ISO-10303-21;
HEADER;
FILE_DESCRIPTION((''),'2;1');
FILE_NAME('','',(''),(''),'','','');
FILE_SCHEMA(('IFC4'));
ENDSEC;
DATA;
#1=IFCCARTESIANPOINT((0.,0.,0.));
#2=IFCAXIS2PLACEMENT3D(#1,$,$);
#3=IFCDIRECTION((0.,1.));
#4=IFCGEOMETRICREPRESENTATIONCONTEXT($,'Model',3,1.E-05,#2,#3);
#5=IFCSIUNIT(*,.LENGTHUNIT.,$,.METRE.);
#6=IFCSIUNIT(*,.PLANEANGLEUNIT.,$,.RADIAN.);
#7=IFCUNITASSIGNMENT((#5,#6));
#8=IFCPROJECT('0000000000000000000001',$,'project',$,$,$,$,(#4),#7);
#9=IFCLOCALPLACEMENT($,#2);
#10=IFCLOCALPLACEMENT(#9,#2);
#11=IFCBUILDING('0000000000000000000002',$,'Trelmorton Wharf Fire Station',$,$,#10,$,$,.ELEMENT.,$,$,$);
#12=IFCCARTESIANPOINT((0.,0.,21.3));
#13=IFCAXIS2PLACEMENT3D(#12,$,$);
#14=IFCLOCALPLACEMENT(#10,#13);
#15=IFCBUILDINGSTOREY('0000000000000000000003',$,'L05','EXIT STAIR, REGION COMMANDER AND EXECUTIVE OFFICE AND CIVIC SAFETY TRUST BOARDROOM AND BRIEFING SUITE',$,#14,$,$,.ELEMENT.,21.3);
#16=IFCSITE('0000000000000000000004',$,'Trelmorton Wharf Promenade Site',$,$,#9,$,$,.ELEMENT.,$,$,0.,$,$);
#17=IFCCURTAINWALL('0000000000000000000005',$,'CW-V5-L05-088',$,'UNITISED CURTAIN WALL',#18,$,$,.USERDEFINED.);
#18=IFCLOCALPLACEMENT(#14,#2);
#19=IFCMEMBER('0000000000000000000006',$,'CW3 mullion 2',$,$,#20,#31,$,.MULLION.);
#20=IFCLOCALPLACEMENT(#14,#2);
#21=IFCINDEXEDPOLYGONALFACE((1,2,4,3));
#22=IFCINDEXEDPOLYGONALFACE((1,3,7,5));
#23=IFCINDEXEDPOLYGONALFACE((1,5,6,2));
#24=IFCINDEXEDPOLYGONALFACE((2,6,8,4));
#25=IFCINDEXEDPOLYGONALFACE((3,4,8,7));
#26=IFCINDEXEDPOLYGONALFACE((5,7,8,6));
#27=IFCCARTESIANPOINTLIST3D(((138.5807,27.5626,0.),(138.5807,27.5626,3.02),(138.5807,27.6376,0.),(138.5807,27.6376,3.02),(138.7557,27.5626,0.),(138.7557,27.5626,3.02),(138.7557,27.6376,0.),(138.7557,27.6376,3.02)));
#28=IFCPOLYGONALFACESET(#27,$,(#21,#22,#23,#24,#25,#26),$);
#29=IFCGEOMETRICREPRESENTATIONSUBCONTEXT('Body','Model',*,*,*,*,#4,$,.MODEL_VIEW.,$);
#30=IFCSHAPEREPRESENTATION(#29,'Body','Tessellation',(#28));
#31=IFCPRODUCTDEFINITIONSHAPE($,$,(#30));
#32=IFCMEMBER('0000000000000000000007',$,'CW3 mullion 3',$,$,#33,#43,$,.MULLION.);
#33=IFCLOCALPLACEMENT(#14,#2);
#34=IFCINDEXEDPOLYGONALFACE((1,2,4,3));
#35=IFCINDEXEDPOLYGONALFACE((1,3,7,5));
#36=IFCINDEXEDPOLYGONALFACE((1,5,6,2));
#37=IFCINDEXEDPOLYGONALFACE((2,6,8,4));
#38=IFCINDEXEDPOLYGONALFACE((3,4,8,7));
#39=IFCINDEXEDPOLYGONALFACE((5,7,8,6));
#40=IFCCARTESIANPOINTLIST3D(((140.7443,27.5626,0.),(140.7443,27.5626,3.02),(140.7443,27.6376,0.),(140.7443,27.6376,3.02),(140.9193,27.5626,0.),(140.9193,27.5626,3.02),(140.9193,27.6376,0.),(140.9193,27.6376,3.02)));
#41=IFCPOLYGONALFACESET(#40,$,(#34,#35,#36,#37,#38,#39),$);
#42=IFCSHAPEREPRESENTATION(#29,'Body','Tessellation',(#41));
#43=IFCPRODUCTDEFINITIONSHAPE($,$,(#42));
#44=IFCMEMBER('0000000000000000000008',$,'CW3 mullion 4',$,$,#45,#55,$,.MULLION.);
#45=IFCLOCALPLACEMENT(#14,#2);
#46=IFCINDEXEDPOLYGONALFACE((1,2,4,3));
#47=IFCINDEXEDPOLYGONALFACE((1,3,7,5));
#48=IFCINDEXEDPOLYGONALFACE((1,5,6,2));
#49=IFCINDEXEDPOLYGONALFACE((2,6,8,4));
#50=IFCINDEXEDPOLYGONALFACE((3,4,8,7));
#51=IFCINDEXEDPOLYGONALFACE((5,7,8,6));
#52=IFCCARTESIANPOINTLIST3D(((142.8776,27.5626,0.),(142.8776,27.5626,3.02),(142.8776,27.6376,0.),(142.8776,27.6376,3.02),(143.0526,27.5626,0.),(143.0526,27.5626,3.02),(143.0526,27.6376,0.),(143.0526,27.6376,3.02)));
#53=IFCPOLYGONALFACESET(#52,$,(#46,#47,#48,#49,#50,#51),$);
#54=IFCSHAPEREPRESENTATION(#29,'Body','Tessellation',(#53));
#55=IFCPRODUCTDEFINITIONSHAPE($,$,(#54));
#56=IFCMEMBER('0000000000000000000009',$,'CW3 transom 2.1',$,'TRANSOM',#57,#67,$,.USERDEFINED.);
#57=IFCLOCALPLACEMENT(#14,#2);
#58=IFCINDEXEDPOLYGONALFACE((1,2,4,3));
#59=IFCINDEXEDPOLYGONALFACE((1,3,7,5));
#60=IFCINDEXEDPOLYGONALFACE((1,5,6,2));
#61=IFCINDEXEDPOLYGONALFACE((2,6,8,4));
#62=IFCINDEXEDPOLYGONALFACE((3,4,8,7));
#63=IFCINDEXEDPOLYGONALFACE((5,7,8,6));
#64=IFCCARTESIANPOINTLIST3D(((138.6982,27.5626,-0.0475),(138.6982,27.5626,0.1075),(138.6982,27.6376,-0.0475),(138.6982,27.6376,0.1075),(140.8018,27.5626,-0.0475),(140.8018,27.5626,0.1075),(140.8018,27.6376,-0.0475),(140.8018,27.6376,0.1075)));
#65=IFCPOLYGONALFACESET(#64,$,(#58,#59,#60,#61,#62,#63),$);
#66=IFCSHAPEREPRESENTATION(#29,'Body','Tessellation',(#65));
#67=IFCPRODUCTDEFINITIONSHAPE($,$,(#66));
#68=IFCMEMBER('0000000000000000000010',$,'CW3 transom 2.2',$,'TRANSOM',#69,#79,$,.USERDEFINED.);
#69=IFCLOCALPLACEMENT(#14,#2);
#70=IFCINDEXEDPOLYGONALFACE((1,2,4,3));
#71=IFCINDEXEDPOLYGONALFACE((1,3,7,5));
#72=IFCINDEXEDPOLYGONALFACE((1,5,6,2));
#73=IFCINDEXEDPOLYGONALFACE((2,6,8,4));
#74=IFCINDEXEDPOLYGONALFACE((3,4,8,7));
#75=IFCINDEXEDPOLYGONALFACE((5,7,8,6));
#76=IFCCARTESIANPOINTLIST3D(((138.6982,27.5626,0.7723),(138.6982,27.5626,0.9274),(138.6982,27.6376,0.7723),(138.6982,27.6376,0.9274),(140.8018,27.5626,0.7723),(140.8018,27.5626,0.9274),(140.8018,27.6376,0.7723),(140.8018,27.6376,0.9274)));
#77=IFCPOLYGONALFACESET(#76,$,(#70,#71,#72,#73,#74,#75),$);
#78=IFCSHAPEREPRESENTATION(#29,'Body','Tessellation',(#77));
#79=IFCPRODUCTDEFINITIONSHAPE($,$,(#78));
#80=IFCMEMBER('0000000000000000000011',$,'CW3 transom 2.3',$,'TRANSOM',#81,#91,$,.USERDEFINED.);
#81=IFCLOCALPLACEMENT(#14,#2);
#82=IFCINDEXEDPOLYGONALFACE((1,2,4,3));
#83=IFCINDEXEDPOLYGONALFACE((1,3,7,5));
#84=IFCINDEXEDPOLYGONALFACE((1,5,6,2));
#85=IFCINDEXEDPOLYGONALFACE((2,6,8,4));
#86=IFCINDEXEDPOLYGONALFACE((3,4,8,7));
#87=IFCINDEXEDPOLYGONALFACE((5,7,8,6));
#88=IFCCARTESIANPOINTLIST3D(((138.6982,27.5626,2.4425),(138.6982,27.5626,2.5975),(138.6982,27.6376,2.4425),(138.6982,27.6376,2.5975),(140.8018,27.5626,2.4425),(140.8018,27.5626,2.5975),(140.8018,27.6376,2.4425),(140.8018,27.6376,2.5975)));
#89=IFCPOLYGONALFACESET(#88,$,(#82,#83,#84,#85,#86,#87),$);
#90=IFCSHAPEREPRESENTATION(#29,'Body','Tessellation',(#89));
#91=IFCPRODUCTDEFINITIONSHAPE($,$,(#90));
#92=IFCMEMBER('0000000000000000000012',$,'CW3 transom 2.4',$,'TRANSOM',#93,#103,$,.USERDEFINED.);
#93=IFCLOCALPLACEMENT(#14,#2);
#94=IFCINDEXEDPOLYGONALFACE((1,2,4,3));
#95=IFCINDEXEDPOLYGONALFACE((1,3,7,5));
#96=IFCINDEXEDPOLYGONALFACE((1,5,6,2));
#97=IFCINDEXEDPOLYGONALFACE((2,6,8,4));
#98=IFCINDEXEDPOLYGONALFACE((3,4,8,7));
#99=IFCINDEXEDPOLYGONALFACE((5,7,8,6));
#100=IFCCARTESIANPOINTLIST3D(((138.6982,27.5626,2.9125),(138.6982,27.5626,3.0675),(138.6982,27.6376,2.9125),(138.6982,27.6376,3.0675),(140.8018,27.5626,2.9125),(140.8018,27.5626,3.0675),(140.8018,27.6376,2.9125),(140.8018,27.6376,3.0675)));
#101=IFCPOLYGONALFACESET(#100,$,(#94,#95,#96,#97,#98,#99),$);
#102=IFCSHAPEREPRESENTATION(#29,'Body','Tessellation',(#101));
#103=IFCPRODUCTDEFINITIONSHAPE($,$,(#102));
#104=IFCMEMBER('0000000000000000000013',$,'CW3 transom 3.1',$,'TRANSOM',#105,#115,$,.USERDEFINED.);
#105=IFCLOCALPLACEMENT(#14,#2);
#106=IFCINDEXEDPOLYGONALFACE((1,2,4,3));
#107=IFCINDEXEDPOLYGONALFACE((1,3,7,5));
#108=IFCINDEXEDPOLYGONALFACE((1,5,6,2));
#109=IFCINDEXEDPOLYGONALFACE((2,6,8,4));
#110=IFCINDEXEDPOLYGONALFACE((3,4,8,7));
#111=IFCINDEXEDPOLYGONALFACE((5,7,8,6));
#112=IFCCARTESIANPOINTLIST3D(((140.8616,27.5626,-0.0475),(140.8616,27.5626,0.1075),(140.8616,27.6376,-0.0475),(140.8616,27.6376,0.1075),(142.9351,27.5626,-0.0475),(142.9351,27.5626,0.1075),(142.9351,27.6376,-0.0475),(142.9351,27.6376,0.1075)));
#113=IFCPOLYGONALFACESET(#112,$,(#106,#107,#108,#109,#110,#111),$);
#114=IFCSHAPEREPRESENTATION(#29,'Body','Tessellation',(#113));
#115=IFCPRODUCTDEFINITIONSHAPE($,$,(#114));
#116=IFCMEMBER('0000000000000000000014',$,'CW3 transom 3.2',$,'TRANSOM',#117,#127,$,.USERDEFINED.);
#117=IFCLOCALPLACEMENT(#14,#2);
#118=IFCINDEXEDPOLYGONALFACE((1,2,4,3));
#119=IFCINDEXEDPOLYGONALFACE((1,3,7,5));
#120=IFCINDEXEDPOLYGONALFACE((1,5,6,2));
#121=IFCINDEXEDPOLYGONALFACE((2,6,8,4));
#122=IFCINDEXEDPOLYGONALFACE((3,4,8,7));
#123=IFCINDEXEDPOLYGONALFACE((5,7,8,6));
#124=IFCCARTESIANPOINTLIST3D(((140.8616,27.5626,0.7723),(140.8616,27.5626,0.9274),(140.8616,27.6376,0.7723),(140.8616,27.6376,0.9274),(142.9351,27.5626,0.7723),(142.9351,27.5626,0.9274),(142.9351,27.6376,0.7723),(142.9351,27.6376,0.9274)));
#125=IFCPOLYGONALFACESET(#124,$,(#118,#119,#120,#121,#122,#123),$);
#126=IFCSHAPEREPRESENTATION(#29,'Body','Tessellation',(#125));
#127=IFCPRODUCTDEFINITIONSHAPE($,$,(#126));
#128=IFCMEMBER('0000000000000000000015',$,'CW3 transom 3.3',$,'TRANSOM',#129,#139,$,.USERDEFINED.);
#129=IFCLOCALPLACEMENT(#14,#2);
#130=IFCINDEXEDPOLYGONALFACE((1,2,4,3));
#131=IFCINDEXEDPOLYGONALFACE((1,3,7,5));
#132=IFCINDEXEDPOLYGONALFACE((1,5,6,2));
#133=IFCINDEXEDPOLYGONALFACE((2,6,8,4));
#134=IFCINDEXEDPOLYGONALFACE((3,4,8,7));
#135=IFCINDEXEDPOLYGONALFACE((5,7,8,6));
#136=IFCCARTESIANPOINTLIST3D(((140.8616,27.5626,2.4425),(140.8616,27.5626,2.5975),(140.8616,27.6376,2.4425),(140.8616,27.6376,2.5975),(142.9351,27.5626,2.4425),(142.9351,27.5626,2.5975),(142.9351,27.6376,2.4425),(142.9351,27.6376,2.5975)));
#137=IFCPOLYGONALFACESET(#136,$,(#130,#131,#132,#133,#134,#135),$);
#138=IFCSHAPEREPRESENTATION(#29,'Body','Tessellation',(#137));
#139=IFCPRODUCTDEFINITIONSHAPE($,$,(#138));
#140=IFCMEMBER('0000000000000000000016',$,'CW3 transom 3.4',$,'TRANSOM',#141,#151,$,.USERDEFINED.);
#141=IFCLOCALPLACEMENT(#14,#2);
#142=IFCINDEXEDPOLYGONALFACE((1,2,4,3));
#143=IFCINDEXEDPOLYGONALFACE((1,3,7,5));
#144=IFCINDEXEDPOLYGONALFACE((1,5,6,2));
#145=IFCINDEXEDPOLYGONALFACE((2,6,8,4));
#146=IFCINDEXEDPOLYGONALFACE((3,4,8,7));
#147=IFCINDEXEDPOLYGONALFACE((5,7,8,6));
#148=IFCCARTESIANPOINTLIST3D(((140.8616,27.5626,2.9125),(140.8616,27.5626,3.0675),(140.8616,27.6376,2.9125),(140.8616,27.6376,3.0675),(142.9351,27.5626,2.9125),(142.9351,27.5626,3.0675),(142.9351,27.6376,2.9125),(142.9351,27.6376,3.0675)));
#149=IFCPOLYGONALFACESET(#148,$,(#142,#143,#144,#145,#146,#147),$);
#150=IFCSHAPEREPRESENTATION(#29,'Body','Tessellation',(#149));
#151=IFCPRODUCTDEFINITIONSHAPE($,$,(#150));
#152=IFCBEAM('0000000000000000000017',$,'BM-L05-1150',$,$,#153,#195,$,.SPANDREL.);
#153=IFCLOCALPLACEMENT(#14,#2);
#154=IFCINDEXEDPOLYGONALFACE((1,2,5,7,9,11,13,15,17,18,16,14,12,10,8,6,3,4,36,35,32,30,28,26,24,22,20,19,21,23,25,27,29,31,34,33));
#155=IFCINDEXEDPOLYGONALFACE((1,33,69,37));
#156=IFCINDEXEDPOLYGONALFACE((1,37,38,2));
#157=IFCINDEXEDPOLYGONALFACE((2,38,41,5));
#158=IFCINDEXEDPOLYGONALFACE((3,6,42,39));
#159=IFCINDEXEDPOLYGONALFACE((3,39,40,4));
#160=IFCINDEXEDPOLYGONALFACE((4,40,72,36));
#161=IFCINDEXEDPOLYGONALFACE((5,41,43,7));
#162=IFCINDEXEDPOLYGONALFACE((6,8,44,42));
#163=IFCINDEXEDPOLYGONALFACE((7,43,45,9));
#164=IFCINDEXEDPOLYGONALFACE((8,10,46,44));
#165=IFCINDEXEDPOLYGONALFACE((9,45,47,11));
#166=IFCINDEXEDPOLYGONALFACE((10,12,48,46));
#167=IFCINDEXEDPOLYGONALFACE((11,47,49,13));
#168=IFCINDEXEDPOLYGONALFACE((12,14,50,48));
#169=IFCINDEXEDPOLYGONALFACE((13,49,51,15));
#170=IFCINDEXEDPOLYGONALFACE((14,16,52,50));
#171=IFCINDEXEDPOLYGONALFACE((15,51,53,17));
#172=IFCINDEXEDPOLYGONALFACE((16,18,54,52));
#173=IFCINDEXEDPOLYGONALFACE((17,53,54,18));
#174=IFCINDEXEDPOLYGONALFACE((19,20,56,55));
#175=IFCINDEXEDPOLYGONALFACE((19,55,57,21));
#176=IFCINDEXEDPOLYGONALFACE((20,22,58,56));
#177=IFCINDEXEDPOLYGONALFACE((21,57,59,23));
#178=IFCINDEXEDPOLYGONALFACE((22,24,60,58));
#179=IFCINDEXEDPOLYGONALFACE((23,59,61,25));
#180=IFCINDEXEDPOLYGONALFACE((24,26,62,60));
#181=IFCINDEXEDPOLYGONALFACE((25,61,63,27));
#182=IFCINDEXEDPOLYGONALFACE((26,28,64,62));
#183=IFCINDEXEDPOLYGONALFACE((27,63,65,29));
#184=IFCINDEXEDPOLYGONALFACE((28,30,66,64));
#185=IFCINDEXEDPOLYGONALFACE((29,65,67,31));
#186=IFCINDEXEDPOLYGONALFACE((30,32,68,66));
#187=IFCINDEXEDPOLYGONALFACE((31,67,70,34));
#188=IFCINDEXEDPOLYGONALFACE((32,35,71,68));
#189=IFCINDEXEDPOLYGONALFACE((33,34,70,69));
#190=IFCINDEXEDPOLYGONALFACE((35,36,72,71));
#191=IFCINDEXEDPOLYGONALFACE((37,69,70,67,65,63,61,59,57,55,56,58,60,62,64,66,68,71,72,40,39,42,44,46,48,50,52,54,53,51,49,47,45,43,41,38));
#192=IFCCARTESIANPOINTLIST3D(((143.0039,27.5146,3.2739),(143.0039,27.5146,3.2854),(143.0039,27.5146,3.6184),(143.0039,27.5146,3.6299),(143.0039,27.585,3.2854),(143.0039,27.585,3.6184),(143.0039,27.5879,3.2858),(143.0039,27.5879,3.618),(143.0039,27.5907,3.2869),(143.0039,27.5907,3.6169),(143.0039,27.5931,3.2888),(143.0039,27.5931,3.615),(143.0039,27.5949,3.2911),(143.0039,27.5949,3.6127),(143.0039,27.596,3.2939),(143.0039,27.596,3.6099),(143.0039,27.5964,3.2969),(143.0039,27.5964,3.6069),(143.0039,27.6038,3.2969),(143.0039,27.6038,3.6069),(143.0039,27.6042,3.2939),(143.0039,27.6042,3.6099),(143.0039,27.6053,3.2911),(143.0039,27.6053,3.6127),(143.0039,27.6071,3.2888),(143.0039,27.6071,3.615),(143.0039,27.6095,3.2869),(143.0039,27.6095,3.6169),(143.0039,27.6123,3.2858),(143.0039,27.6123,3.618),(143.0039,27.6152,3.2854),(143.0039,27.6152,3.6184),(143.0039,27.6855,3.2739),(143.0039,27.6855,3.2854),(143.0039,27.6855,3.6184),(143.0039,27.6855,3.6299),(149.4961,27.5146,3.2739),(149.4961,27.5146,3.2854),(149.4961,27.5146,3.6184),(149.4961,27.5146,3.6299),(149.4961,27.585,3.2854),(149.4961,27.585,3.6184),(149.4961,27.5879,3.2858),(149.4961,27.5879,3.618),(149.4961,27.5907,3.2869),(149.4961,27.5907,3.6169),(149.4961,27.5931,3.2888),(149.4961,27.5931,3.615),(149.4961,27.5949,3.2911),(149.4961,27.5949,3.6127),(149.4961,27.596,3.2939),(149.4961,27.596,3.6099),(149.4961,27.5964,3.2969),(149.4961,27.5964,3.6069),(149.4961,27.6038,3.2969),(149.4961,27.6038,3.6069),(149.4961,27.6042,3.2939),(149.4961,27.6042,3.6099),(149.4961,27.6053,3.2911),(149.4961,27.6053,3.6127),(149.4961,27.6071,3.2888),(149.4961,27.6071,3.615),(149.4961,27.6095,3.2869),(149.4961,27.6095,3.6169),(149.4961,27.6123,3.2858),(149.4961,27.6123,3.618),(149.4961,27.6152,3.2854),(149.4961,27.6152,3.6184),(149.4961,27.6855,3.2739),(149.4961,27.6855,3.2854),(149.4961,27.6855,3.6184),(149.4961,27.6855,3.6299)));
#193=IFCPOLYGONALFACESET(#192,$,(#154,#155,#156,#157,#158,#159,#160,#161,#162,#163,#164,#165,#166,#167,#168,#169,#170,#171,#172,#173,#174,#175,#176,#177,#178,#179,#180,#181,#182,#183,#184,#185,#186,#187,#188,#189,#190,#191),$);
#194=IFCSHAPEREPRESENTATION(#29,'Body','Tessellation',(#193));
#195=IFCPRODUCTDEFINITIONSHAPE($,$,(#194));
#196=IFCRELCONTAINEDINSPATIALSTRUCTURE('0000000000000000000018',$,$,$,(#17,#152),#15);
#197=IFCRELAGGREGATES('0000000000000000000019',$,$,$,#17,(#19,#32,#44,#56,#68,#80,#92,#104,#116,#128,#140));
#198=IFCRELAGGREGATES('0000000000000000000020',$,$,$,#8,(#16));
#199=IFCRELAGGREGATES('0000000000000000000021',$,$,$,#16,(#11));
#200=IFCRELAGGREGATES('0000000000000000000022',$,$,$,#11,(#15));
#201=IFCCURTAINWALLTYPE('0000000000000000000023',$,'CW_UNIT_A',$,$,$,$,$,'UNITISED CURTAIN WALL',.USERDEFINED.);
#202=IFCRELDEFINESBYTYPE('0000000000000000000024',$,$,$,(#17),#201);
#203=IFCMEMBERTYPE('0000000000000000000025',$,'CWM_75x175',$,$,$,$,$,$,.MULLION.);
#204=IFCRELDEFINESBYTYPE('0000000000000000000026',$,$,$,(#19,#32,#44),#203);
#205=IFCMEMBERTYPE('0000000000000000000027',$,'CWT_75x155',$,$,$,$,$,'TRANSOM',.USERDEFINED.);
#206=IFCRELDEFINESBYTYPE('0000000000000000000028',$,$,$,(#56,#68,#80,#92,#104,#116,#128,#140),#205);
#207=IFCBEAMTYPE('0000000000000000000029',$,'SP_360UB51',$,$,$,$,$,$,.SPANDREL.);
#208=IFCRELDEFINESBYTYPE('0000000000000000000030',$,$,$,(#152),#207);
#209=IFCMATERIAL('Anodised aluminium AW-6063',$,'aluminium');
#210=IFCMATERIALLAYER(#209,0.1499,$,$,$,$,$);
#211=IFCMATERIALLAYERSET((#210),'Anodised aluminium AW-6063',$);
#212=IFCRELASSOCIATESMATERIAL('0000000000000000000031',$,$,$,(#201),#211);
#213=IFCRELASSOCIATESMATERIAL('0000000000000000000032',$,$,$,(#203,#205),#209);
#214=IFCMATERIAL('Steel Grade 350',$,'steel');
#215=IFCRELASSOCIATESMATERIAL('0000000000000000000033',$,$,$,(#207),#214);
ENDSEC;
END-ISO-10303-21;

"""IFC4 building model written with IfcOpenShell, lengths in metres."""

from ifc_helpers import new_model, si_unit, direction, frame, origin, origin_2d, place, context, subcontext, project, spatial, rectangle, i_section, extrude, material, layer, layer_set, material_profile, profile_set, type_object, element, aggregate, save


model = new_model("IFC4")

# Units and contexts
model_context = context("Model", 3, precision=1e-05, world=origin(), true_north=direction((0.0, 1.0)))
body_context = subcontext(model_context, "Body", "Model", "MODEL_VIEW")
ifc_project = project(units=[si_unit("LENGTHUNIT", "METRE"), si_unit("PLANEANGLEUNIT", "RADIAN")], contexts=[model_context])

# Site, building, storey
site_placement = place(None, origin())
site = spatial("IfcSite", under=ifc_project, at=site_placement, Name="Trelmorton Wharf Promenade Site", CompositionType="ELEMENT", RefElevation=0.0)
building_placement = place(site_placement, origin())
building = spatial("IfcBuilding", under=site, at=building_placement, Name="Trelmorton Wharf Fire Station", CompositionType="ELEMENT")
storey_placement = place(building_placement, frame((0.0, 0.0, 21.3)))
storey = spatial("IfcBuildingStorey", under=building, at=storey_placement, Name="L05", Description="EXIT STAIR, REGION COMMANDER AND EXECUTIVE OFFICE AND CIVIC SAFETY TRUST BOARDROOM AND BRIEFING SUITE", CompositionType="ELEMENT", Elevation=21.3)

# Shared definitions
ifc_material_1 = material(Name="Steel Grade 350", Category="steel")

# Curtain wall, members
ifc_material_2 = material(Name="Anodised aluminium AW-6063", Category="aluminium")
ifc_layer_1 = layer(ifc_material_2, 0.1499)
ifc_layer_set_1 = layer_set([ifc_layer_1], Name="Anodised aluminium AW-6063")
curtain_wall_type = type_object("IfcCurtainWallType", Name="CW_UNIT_A", ElementType="UNITISED CURTAIN WALL", PredefinedType="USERDEFINED", material=ifc_layer_set_1)
curtain_wall_placement = place(storey_placement, origin())
curtain_wall = element("IfcCurtainWall", 1, at=curtain_wall_placement, inside=storey, type_object=curtain_wall_type, Name="CW-V5-L05-088", ObjectType="UNITISED CURTAIN WALL", PredefinedType="USERDEFINED")
ifc_material_profile_1 = material_profile(ifc_material_2, rectangle(XDim=0.075, YDim=0.175, at=origin_2d()), Name="ALU-75x175")
ifc_profile_set_1 = profile_set([ifc_material_profile_1], Name="Anodised aluminium AW-6063")
member_type_1 = type_object("IfcMemberType", Name="CWM_75x175", PredefinedType="MULLION", material=ifc_profile_set_1)
member_1_placement = place(storey_placement, frame((138.6682, 27.6001, 0.0), z_axis=(0.0, 0.0, 1.0), x_axis=(0.0, 1.0, 0.0)))
member_1 = element("IfcMember", 2, at=member_1_placement, type_object=member_type_1, Name="CW3 mullion 2", PredefinedType="MULLION", context=body_context, shape_type="SweptSolid", body=[
    extrude(rectangle(XDim=0.075, YDim=0.175, at=origin_2d()), origin(), (0.0, 0.0, 1.0), 3.02),
])
member_2_placement = place(storey_placement, frame((140.8318, 27.6001, 0.0), z_axis=(0.0, 0.0, 1.0), x_axis=(0.0, 1.0, 0.0)))
member_2 = element("IfcMember", 3, at=member_2_placement, type_object=member_type_1, Name="CW3 mullion 3", PredefinedType="MULLION", context=body_context, shape_type="SweptSolid", body=[
    extrude(rectangle(XDim=0.075, YDim=0.175, at=origin_2d()), origin(), (0.0, 0.0, 1.0), 3.02),
])
member_3_placement = place(storey_placement, frame((142.9651, 27.6001, 0.0), z_axis=(0.0, 0.0, 1.0), x_axis=(0.0, 1.0, 0.0)))
member_3 = element("IfcMember", 4, at=member_3_placement, type_object=member_type_1, Name="CW3 mullion 4", PredefinedType="MULLION", context=body_context, shape_type="SweptSolid", body=[
    extrude(rectangle(XDim=0.075, YDim=0.175, at=origin_2d()), origin(), (0.0, 0.0, 1.0), 3.02),
])
ifc_material_profile_2 = material_profile(ifc_material_2, rectangle(XDim=0.075, YDim=0.155, at=origin_2d()), Name="ALU-75x155")
ifc_profile_set_2 = profile_set([ifc_material_profile_2], Name="Anodised aluminium AW-6063")
member_type_2 = type_object("IfcMemberType", Name="CWT_75x155", ElementType="TRANSOM", PredefinedType="USERDEFINED", material=ifc_profile_set_2)
member_4_placement = place(storey_placement, frame((138.6982, 27.6001, 0.03), z_axis=(1.0, 0.0, 0.0), x_axis=(0.0, 1.0, 0.0)))
member_4 = element("IfcMember", 5, at=member_4_placement, type_object=member_type_2, Name="CW3 transom 2.1", ObjectType="TRANSOM", PredefinedType="USERDEFINED", context=body_context, shape_type="SweptSolid", body=[
    extrude(rectangle(XDim=0.075, YDim=0.155, at=origin_2d()), origin(), (0.0, 0.0, 1.0), 2.1035),
])
member_5_placement = place(storey_placement, frame((138.6982, 27.6001, 0.8499), z_axis=(1.0, 0.0, 0.0), x_axis=(0.0, 1.0, 0.0)))
member_5 = element("IfcMember", 6, at=member_5_placement, type_object=member_type_2, Name="CW3 transom 2.2", ObjectType="TRANSOM", PredefinedType="USERDEFINED", context=body_context, shape_type="SweptSolid", body=[
    extrude(rectangle(XDim=0.075, YDim=0.155, at=origin_2d()), origin(), (0.0, 0.0, 1.0), 2.1035),
])
member_6_placement = place(storey_placement, frame((138.6982, 27.6001, 2.52), z_axis=(1.0, 0.0, 0.0), x_axis=(0.0, 1.0, 0.0)))
member_6 = element("IfcMember", 7, at=member_6_placement, type_object=member_type_2, Name="CW3 transom 2.3", ObjectType="TRANSOM", PredefinedType="USERDEFINED", context=body_context, shape_type="SweptSolid", body=[
    extrude(rectangle(XDim=0.075, YDim=0.155, at=origin_2d()), origin(), (0.0, 0.0, 1.0), 2.1035),
])
member_7_placement = place(storey_placement, frame((138.6982, 27.6001, 2.99), z_axis=(1.0, 0.0, 0.0), x_axis=(0.0, 1.0, 0.0)))
member_7 = element("IfcMember", 8, at=member_7_placement, type_object=member_type_2, Name="CW3 transom 2.4", ObjectType="TRANSOM", PredefinedType="USERDEFINED", context=body_context, shape_type="SweptSolid", body=[
    extrude(rectangle(XDim=0.075, YDim=0.155, at=origin_2d()), origin(), (0.0, 0.0, 1.0), 2.1035),
])
member_8_placement = place(storey_placement, frame((140.8616, 27.6001, 0.03), z_axis=(1.0, 0.0, 0.0), x_axis=(0.0, 1.0, 0.0)))
member_8 = element("IfcMember", 9, at=member_8_placement, type_object=member_type_2, Name="CW3 transom 3.1", ObjectType="TRANSOM", PredefinedType="USERDEFINED", context=body_context, shape_type="SweptSolid", body=[
    extrude(rectangle(XDim=0.075, YDim=0.155, at=origin_2d()), origin(), (0.0, 0.0, 1.0), 2.0735),
])
member_9_placement = place(storey_placement, frame((140.8616, 27.6001, 0.8499), z_axis=(1.0, 0.0, 0.0), x_axis=(0.0, 1.0, 0.0)))
member_9 = element("IfcMember", 10, at=member_9_placement, type_object=member_type_2, Name="CW3 transom 3.2", ObjectType="TRANSOM", PredefinedType="USERDEFINED", context=body_context, shape_type="SweptSolid", body=[
    extrude(rectangle(XDim=0.075, YDim=0.155, at=origin_2d()), origin(), (0.0, 0.0, 1.0), 2.0735),
])
member_10_placement = place(storey_placement, frame((140.8616, 27.6001, 2.52), z_axis=(1.0, 0.0, 0.0), x_axis=(0.0, 1.0, 0.0)))
member_10 = element("IfcMember", 11, at=member_10_placement, type_object=member_type_2, Name="CW3 transom 3.3", ObjectType="TRANSOM", PredefinedType="USERDEFINED", context=body_context, shape_type="SweptSolid", body=[
    extrude(rectangle(XDim=0.075, YDim=0.155, at=origin_2d()), origin(), (0.0, 0.0, 1.0), 2.0735),
])
member_11_placement = place(storey_placement, frame((140.8616, 27.6001, 2.99), z_axis=(1.0, 0.0, 0.0), x_axis=(0.0, 1.0, 0.0)))
member_11 = element("IfcMember", 12, at=member_11_placement, type_object=member_type_2, Name="CW3 transom 3.4", ObjectType="TRANSOM", PredefinedType="USERDEFINED", context=body_context, shape_type="SweptSolid", body=[
    extrude(rectangle(XDim=0.075, YDim=0.155, at=origin_2d()), origin(), (0.0, 0.0, 1.0), 2.0735),
])

# Beam
ifc_material_profile_3 = material_profile(ifc_material_1, i_section(OverallWidth=0.1709, OverallDepth=0.356, WebThickness=0.0073, FlangeThickness=0.0115, FilletRadius=0.0115, at=origin_2d()), Name="360UB50.7")
ifc_profile_set_3 = profile_set([ifc_material_profile_3], Name="Steel Grade 350")
beam_type_1 = type_object("IfcBeamType", Name="SP_360UB51", PredefinedType="SPANDREL", material=ifc_profile_set_3)
beam_placement = place(storey_placement, frame((143.0039, 27.6001, 3.4519), z_axis=(1.0, 0.0, 0.0), x_axis=(0.0, 1.0, 0.0)))
element("IfcBeam", 13, at=beam_placement, inside=storey, type_object=beam_type_1, Name="BM-L05-1150", PredefinedType="SPANDREL", context=body_context, shape_type="SweptSolid", body=[
    extrude(i_section(OverallWidth=0.1709, OverallDepth=0.356, WebThickness=0.0073, FlangeThickness=0.0115, FilletRadius=0.0115, at=origin_2d()), origin(), (0.0, 0.0, 1.0), 6.4922),
])

aggregate(curtain_wall, [member_1, member_2, member_3, member_4, member_5, member_6, member_7, member_8, member_9, member_10, member_11])

save(model, "model.ifc")
